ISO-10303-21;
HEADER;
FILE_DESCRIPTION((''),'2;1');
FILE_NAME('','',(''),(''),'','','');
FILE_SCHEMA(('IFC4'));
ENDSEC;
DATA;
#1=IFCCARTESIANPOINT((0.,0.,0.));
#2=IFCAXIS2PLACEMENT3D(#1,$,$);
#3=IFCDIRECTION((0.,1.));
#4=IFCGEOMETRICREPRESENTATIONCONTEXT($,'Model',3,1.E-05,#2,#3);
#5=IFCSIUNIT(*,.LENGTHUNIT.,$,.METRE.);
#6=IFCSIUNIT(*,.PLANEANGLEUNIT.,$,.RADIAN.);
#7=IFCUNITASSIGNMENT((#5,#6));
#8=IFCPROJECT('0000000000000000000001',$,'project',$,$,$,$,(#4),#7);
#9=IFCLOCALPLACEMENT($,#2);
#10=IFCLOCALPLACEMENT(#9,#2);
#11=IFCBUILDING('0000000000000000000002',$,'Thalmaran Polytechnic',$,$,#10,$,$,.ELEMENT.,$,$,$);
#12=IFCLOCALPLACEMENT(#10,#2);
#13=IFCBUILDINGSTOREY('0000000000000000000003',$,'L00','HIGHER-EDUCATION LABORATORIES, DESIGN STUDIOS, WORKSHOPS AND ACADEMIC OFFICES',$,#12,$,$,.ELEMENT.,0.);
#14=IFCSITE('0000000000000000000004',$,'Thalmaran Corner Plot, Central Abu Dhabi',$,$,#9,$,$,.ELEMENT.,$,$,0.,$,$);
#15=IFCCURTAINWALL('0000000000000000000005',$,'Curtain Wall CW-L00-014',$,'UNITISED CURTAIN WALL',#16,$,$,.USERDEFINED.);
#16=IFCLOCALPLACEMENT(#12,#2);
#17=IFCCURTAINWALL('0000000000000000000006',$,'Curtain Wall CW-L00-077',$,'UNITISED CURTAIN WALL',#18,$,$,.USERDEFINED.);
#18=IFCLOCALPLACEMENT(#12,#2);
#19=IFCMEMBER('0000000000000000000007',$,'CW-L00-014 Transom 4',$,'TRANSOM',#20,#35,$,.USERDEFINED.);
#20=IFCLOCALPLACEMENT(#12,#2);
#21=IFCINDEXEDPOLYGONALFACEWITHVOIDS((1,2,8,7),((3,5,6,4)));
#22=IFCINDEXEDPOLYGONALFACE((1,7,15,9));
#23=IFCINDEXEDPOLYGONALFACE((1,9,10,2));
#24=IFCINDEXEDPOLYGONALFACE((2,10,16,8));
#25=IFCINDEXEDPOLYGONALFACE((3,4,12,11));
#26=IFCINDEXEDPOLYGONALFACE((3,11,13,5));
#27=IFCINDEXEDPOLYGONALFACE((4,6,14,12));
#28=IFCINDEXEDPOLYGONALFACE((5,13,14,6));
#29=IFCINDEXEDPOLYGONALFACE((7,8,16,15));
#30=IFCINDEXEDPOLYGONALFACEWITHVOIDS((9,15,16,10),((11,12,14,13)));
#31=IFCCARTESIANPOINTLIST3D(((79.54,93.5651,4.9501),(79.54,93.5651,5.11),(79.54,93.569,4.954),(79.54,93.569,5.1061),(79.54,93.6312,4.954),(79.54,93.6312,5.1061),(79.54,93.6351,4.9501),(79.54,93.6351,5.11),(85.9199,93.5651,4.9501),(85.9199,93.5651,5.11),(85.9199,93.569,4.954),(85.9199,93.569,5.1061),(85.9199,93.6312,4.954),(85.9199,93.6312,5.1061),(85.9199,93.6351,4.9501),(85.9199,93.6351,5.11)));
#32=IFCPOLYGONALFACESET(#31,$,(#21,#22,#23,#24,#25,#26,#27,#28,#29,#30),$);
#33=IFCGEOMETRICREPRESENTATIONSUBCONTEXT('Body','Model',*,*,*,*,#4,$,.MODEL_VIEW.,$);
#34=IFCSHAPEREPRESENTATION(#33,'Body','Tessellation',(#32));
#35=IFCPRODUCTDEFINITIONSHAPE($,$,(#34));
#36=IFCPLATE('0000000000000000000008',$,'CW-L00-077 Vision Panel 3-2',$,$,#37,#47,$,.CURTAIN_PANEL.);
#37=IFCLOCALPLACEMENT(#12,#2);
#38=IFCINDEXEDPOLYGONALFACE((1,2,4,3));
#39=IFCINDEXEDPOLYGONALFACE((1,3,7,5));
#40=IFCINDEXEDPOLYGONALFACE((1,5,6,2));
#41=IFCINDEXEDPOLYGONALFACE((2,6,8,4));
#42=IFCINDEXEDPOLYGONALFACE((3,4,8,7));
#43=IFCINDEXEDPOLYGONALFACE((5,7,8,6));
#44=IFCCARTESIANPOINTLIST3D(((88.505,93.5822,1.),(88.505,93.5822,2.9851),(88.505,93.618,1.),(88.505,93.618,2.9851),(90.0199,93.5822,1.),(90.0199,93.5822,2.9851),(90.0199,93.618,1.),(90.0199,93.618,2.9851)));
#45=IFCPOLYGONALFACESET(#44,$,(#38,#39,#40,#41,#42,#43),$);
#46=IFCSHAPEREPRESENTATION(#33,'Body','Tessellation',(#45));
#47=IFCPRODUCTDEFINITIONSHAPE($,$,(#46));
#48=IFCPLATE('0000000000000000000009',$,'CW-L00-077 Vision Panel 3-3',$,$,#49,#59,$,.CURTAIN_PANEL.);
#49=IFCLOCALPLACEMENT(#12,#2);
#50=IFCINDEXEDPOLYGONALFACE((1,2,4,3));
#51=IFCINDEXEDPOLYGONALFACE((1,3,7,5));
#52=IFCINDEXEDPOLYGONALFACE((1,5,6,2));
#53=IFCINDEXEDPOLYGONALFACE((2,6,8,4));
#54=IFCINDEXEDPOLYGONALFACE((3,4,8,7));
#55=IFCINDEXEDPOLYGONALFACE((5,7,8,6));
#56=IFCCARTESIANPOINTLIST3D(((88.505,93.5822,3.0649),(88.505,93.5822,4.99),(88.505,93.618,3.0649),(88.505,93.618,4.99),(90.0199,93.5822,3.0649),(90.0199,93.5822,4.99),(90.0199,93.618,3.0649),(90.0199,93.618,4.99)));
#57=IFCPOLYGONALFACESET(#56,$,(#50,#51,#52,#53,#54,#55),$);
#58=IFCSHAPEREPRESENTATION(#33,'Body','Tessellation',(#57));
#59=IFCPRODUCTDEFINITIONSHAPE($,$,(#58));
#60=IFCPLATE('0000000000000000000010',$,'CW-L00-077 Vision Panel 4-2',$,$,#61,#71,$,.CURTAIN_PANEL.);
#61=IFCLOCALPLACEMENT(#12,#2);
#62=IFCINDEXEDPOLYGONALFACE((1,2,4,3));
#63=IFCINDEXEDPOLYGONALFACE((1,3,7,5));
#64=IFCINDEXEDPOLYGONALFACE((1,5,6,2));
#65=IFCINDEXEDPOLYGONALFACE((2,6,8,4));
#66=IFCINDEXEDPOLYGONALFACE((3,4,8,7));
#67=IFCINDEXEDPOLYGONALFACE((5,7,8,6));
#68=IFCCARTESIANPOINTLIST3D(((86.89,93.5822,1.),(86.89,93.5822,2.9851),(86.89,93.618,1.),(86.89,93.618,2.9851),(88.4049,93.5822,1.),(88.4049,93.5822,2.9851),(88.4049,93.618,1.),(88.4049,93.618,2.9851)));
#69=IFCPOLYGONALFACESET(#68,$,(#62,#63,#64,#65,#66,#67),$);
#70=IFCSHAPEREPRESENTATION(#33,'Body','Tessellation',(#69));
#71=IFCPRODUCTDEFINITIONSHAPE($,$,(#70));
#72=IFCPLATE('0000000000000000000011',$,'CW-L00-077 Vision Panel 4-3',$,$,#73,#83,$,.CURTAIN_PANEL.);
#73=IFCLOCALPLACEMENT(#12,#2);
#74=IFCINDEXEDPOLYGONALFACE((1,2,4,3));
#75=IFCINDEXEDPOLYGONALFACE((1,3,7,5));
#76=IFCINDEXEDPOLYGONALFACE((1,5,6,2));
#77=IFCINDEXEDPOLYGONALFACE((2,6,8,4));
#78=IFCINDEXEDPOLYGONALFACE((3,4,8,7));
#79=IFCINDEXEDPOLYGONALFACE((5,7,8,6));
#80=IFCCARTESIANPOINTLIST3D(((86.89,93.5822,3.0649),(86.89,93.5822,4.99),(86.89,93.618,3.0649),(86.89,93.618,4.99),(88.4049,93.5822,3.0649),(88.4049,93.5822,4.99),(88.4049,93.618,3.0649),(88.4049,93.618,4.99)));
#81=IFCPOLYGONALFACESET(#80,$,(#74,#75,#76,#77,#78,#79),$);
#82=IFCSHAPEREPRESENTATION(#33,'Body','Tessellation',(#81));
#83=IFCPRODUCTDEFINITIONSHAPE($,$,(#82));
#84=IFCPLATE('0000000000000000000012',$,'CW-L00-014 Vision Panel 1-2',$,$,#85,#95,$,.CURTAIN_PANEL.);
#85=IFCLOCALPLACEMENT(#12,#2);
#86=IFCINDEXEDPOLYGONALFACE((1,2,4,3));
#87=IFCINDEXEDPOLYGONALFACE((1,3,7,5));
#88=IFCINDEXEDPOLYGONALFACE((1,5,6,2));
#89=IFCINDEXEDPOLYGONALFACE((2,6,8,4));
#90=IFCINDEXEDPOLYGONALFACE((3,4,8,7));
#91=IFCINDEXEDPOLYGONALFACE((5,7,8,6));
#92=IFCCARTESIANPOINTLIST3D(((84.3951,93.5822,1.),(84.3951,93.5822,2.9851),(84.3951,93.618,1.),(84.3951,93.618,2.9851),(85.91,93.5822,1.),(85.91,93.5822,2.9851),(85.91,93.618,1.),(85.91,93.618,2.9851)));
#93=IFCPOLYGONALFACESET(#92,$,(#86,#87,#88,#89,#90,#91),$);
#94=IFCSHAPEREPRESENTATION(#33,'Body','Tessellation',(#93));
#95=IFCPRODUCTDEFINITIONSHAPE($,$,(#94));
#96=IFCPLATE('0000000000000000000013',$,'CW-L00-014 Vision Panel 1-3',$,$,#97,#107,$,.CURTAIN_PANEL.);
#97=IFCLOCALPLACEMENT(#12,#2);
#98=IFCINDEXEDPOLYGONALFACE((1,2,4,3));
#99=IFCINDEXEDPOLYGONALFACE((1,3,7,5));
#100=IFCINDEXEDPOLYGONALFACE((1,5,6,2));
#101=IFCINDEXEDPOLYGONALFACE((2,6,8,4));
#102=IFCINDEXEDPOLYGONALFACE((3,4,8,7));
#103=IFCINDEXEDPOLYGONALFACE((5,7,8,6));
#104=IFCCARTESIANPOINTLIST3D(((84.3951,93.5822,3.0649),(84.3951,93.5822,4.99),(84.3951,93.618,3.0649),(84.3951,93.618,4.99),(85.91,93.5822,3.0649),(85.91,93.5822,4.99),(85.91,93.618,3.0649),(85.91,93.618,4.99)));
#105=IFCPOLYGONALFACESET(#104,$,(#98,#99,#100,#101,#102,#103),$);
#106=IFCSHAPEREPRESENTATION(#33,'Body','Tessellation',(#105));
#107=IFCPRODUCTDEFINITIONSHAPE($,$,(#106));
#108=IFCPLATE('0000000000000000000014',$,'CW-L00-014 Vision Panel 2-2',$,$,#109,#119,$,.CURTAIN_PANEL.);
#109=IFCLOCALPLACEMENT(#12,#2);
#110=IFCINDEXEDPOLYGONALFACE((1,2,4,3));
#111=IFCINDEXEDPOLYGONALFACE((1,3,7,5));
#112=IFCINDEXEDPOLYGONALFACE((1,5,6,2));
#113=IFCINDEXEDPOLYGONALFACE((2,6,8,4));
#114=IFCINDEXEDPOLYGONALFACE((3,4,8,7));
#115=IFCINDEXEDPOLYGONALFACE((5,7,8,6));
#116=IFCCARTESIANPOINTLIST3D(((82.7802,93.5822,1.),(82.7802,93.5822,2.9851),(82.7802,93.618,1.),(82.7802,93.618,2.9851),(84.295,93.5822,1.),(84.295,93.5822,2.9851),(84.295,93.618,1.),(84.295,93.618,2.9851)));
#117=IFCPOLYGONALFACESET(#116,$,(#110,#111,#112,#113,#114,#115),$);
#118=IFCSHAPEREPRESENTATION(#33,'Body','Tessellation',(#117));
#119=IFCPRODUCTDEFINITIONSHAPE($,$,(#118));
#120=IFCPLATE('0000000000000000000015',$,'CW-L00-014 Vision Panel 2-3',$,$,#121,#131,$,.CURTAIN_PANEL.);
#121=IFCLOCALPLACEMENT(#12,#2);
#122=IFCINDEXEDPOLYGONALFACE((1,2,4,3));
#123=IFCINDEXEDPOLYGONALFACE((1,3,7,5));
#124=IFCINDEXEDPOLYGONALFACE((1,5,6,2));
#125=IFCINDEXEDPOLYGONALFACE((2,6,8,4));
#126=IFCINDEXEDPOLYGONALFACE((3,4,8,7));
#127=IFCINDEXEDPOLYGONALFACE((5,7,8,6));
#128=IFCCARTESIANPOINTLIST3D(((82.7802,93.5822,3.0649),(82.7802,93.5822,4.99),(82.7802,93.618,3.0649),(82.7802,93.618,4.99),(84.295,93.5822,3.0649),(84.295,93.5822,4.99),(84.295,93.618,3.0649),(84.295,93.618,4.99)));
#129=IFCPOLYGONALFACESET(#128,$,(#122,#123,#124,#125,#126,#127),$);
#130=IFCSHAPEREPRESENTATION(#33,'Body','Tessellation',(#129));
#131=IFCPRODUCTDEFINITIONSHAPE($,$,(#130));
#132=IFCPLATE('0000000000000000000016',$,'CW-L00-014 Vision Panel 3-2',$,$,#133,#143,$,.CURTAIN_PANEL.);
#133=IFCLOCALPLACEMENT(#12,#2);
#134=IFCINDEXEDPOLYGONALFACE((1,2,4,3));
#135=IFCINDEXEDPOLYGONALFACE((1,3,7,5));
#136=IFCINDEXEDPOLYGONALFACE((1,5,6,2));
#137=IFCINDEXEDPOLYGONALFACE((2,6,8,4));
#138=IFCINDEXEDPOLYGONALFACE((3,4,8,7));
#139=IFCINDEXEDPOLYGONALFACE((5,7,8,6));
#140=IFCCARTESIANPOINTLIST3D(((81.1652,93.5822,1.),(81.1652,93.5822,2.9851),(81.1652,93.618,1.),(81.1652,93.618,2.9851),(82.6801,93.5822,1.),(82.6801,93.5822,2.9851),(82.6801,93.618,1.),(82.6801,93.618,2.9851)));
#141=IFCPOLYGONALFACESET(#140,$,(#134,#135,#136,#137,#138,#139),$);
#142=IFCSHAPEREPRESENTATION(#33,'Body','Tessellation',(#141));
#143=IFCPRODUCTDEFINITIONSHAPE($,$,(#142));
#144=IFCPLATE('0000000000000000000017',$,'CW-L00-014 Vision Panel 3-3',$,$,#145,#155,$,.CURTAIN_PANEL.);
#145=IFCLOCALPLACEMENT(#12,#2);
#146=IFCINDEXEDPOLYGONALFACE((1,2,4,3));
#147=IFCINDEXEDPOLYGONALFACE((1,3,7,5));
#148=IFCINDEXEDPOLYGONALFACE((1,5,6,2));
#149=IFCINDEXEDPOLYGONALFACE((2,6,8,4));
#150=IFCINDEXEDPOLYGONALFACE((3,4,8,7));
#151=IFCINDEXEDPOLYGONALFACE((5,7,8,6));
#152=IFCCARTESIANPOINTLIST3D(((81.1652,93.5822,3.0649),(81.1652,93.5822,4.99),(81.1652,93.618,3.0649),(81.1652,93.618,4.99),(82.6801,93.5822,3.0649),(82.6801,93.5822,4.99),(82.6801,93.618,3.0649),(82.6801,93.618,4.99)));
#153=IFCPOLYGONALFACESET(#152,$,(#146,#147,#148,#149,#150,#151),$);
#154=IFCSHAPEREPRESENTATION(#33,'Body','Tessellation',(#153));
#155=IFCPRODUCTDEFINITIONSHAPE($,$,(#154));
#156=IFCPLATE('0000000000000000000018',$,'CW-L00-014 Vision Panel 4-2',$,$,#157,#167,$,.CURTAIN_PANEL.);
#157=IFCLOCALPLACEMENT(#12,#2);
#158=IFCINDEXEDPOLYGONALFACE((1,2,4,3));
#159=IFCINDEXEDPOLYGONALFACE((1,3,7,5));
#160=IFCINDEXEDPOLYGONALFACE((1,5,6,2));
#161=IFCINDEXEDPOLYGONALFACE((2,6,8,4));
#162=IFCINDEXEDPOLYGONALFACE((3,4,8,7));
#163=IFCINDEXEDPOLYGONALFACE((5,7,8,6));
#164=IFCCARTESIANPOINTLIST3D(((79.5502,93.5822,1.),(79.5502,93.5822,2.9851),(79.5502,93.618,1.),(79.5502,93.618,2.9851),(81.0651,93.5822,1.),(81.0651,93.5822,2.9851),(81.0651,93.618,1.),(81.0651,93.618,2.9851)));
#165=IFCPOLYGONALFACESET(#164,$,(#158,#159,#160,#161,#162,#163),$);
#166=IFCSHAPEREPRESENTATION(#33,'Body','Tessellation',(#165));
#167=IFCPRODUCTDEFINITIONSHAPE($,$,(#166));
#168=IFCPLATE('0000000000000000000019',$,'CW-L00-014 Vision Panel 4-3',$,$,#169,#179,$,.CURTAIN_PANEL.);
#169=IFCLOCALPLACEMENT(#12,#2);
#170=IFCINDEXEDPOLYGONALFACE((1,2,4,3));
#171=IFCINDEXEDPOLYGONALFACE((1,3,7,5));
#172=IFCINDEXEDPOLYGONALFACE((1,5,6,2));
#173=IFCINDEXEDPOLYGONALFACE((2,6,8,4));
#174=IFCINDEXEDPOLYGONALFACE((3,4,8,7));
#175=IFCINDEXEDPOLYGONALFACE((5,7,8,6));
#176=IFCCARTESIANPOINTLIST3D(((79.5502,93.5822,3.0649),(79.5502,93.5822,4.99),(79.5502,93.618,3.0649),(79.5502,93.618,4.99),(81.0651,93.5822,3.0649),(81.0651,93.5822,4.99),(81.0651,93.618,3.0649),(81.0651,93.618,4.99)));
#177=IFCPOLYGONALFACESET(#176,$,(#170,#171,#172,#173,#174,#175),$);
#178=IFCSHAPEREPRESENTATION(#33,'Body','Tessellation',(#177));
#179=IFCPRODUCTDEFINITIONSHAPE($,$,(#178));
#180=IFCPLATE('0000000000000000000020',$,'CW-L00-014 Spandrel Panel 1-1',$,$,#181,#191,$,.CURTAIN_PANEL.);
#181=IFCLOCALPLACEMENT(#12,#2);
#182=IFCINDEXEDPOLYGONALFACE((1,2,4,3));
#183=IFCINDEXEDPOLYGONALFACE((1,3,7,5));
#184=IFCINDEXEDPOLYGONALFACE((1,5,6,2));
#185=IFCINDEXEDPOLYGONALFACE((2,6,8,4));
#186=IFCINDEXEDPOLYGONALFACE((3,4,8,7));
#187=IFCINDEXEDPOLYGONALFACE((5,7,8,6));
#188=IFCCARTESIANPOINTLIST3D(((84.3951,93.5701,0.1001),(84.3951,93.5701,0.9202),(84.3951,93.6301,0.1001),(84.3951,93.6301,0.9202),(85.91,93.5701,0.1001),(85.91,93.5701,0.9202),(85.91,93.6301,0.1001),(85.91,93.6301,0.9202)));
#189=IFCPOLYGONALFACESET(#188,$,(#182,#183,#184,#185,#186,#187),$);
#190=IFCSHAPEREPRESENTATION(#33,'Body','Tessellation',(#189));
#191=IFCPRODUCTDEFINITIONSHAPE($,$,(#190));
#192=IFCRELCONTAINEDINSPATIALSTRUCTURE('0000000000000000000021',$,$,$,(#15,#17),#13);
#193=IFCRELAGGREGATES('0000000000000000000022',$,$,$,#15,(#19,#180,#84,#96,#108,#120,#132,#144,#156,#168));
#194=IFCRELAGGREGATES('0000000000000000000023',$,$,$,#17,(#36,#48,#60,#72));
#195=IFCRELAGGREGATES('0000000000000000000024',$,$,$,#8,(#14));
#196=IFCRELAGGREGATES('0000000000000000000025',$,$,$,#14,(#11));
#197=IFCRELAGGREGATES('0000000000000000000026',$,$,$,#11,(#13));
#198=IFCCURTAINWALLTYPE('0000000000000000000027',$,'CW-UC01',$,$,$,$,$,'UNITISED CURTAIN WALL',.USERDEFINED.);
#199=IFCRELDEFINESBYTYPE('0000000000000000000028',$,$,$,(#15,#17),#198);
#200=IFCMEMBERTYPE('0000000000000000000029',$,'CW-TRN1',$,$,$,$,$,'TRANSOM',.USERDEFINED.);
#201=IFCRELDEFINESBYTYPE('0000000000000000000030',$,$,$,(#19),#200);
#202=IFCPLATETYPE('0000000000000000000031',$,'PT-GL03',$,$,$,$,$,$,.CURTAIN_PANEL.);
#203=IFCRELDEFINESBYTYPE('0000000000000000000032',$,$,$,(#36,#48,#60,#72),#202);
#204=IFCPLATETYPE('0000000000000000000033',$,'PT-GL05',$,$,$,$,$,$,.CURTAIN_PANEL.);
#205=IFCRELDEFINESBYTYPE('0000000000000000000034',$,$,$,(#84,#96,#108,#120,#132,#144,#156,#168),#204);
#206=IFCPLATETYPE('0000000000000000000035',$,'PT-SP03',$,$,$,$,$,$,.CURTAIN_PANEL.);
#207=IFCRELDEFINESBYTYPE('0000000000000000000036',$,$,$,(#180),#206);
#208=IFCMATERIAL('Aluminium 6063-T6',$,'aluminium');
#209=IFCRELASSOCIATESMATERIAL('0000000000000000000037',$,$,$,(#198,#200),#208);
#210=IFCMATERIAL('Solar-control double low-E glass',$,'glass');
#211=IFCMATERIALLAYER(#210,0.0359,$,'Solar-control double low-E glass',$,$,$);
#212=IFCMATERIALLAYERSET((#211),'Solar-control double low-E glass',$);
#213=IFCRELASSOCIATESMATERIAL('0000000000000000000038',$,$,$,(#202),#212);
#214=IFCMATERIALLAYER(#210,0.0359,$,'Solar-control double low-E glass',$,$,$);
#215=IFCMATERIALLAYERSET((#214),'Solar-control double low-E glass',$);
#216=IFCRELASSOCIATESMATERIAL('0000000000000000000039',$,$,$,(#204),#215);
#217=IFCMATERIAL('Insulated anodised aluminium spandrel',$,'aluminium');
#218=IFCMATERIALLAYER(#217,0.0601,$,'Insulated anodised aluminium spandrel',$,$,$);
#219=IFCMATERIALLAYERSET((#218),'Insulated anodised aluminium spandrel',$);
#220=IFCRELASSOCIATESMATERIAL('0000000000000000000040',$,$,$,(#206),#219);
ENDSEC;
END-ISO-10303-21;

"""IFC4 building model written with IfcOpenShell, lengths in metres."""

from ifc_helpers import new_model, si_unit, direction, frame, origin, origin_2d, place, context, subcontext, project, spatial, rectangle, hollow_rectangle, extrude, material, layer, layer_set, material_profile, profile_set, type_object, element, aggregate, save


model = new_model("IFC4")

# Units and contexts
model_context = context("Model", 3, precision=1e-05, world=origin(), true_north=direction((0.0, 1.0)))
body_context = subcontext(model_context, "Body", "Model", "MODEL_VIEW")
ifc_project = project(units=[si_unit("LENGTHUNIT", "METRE"), si_unit("PLANEANGLEUNIT", "RADIAN")], contexts=[model_context])

# Site, building, storey
site_placement = place(None, origin())
site = spatial("IfcSite", under=ifc_project, at=site_placement, Name="Thalmaran Corner Plot, Central Abu Dhabi", CompositionType="ELEMENT", RefElevation=0.0)
building_placement = place(site_placement, origin())
building = spatial("IfcBuilding", under=site, at=building_placement, Name="Thalmaran Polytechnic", CompositionType="ELEMENT")
storey_placement = place(building_placement, origin())
storey = spatial("IfcBuildingStorey", under=building, at=storey_placement, Name="L00", Description="HIGHER-EDUCATION LABORATORIES, DESIGN STUDIOS, WORKSHOPS AND ACADEMIC OFFICES", CompositionType="ELEMENT", Elevation=0.0)

# Curtain walls
ifc_material_1 = material(Name="Aluminium 6063-T6", Category="aluminium")
curtain_wall_type = type_object("IfcCurtainWallType", Name="CW-UC01", ElementType="UNITISED CURTAIN WALL", PredefinedType="USERDEFINED", material=ifc_material_1)
curtain_wall_1_placement = place(storey_placement, origin())
curtain_wall_1 = element("IfcCurtainWall", 1, at=curtain_wall_1_placement, inside=storey, type_object=curtain_wall_type, Name="Curtain Wall CW-L00-014", ObjectType="UNITISED CURTAIN WALL", PredefinedType="USERDEFINED")
curtain_wall_2_placement = place(storey_placement, origin())
curtain_wall_2 = element("IfcCurtainWall", 2, at=curtain_wall_2_placement, inside=storey, type_object=curtain_wall_type, Name="Curtain Wall CW-L00-077", ObjectType="UNITISED CURTAIN WALL", PredefinedType="USERDEFINED")

# Member
ifc_material_profile_1 = material_profile(ifc_material_1, hollow_rectangle(XDim=0.0701, YDim=0.1599, WallThickness=0.0039, at=origin_2d()), Name="AL 160x70x4.0")
ifc_profile_set_1 = profile_set([ifc_material_profile_1], Name="Aluminium 6063-T6")
member_type_1 = type_object("IfcMemberType", Name="CW-TRN1", ElementType="TRANSOM", PredefinedType="USERDEFINED", material=ifc_profile_set_1)
member_1_placement = place(storey_placement, frame((85.9199, 93.6001, 5.03), z_axis=(-1.0, 0.0, 0.0), x_axis=(0.0, -1.0, 0.0)))
member_1 = element("IfcMember", 3, at=member_1_placement, type_object=member_type_1, Name="CW-L00-014 Transom 4", ObjectType="TRANSOM", PredefinedType="USERDEFINED", context=body_context, shape_type="SweptSolid", body=[
    extrude(hollow_rectangle(XDim=0.0701, YDim=0.1599, WallThickness=0.0039, at=origin_2d()), origin(), (0.0, 0.0, 1.0), 6.3799),
])

# Plates
ifc_material_2 = material(Name="Solar-control double low-E glass", Category="glass")
ifc_layer_1 = layer(ifc_material_2, 0.0359, Name="Solar-control double low-E glass")
ifc_layer_set_1 = layer_set([ifc_layer_1], Name="Solar-control double low-E glass")
plate_type_1 = type_object("IfcPlateType", Name="PT-GL03", PredefinedType="CURTAIN_PANEL", material=ifc_layer_set_1)
plate_1_placement = place(storey_placement, frame((89.2625, 93.6001, 1.0), z_axis=(0.0, 0.0, 1.0), x_axis=(-1.0, 0.0, 0.0)))
plate_1 = element("IfcPlate", 4, at=plate_1_placement, type_object=plate_type_1, Name="CW-L00-077 Vision Panel 3-2", PredefinedType="CURTAIN_PANEL", context=body_context, shape_type="SweptSolid", body=[
    extrude(rectangle(XDim=1.5149, YDim=0.0359, at=origin_2d()), origin(), (0.0, 0.0, 1.0), 1.9851),
])
plate_2_placement = place(storey_placement, frame((89.2625, 93.6001, 3.0649), z_axis=(0.0, 0.0, 1.0), x_axis=(-1.0, 0.0, 0.0)))
plate_2 = element("IfcPlate", 5, at=plate_2_placement, type_object=plate_type_1, Name="CW-L00-077 Vision Panel 3-3", PredefinedType="CURTAIN_PANEL", context=body_context, shape_type="SweptSolid", body=[
    extrude(rectangle(XDim=1.5149, YDim=0.0359, at=origin_2d()), origin(), (0.0, 0.0, 1.0), 1.925),
])
plate_3_placement = place(storey_placement, frame((87.6475, 93.6001, 1.0), z_axis=(0.0, 0.0, 1.0), x_axis=(-1.0, 0.0, 0.0)))
plate_3 = element("IfcPlate", 6, at=plate_3_placement, type_object=plate_type_1, Name="CW-L00-077 Vision Panel 4-2", PredefinedType="CURTAIN_PANEL", context=body_context, shape_type="SweptSolid", body=[
    extrude(rectangle(XDim=1.5149, YDim=0.0359, at=origin_2d()), origin(), (0.0, 0.0, 1.0), 1.9851),
])
plate_4_placement = place(storey_placement, frame((87.6475, 93.6001, 3.0649), z_axis=(0.0, 0.0, 1.0), x_axis=(-1.0, 0.0, 0.0)))
plate_4 = element("IfcPlate", 7, at=plate_4_placement, type_object=plate_type_1, Name="CW-L00-077 Vision Panel 4-3", PredefinedType="CURTAIN_PANEL", context=body_context, shape_type="SweptSolid", body=[
    extrude(rectangle(XDim=1.5149, YDim=0.0359, at=origin_2d()), origin(), (0.0, 0.0, 1.0), 1.925),
])
ifc_layer_2 = layer(ifc_material_2, 0.0359, Name="Solar-control double low-E glass")
ifc_layer_set_2 = layer_set([ifc_layer_2], Name="Solar-control double low-E glass")
plate_type_2 = type_object("IfcPlateType", Name="PT-GL05", PredefinedType="CURTAIN_PANEL", material=ifc_layer_set_2)
plate_5_placement = place(storey_placement, frame((85.1526, 93.6001, 1.0), z_axis=(0.0, 0.0, 1.0), x_axis=(-1.0, 0.0, 0.0)))
plate_5 = element("IfcPlate", 8, at=plate_5_placement, type_object=plate_type_2, Name="CW-L00-014 Vision Panel 1-2", PredefinedType="CURTAIN_PANEL", context=body_context, shape_type="SweptSolid", body=[
    extrude(rectangle(XDim=1.5149, YDim=0.0359, at=origin_2d()), origin(), (0.0, 0.0, 1.0), 1.9851),
])
plate_6_placement = place(storey_placement, frame((85.1526, 93.6001, 3.0649), z_axis=(0.0, 0.0, 1.0), x_axis=(-1.0, 0.0, 0.0)))
plate_6 = element("IfcPlate", 9, at=plate_6_placement, type_object=plate_type_2, Name="CW-L00-014 Vision Panel 1-3", PredefinedType="CURTAIN_PANEL", context=body_context, shape_type="SweptSolid", body=[
    extrude(rectangle(XDim=1.5149, YDim=0.0359, at=origin_2d()), origin(), (0.0, 0.0, 1.0), 1.925),
])
plate_7_placement = place(storey_placement, frame((83.5376, 93.6001, 1.0), z_axis=(0.0, 0.0, 1.0), x_axis=(-1.0, 0.0, 0.0)))
plate_7 = element("IfcPlate", 10, at=plate_7_placement, type_object=plate_type_2, Name="CW-L00-014 Vision Panel 2-2", PredefinedType="CURTAIN_PANEL", context=body_context, shape_type="SweptSolid", body=[
    extrude(rectangle(XDim=1.5149, YDim=0.0359, at=origin_2d()), origin(), (0.0, 0.0, 1.0), 1.9851),
])
plate_8_placement = place(storey_placement, frame((83.5376, 93.6001, 3.0649), z_axis=(0.0, 0.0, 1.0), x_axis=(-1.0, 0.0, 0.0)))
plate_8 = element("IfcPlate", 11, at=plate_8_placement, type_object=plate_type_2, Name="CW-L00-014 Vision Panel 2-3", PredefinedType="CURTAIN_PANEL", context=body_context, shape_type="SweptSolid", body=[
    extrude(rectangle(XDim=1.5149, YDim=0.0359, at=origin_2d()), origin(), (0.0, 0.0, 1.0), 1.925),
])
plate_9_placement = place(storey_placement, frame((81.9226, 93.6001, 1.0), z_axis=(0.0, 0.0, 1.0), x_axis=(-1.0, 0.0, 0.0)))
plate_9 = element("IfcPlate", 12, at=plate_9_placement, type_object=plate_type_2, Name="CW-L00-014 Vision Panel 3-2", PredefinedType="CURTAIN_PANEL", context=body_context, shape_type="SweptSolid", body=[
    extrude(rectangle(XDim=1.5149, YDim=0.0359, at=origin_2d()), origin(), (0.0, 0.0, 1.0), 1.9851),
])
plate_10_placement = place(storey_placement, frame((81.9226, 93.6001, 3.0649), z_axis=(0.0, 0.0, 1.0), x_axis=(-1.0, 0.0, 0.0)))
plate_10 = element("IfcPlate", 13, at=plate_10_placement, type_object=plate_type_2, Name="CW-L00-014 Vision Panel 3-3", PredefinedType="CURTAIN_PANEL", context=body_context, shape_type="SweptSolid", body=[
    extrude(rectangle(XDim=1.5149, YDim=0.0359, at=origin_2d()), origin(), (0.0, 0.0, 1.0), 1.925),
])
plate_11_placement = place(storey_placement, frame((80.3076, 93.6001, 1.0), z_axis=(0.0, 0.0, 1.0), x_axis=(-1.0, 0.0, 0.0)))
plate_11 = element("IfcPlate", 14, at=plate_11_placement, type_object=plate_type_2, Name="CW-L00-014 Vision Panel 4-2", PredefinedType="CURTAIN_PANEL", context=body_context, shape_type="SweptSolid", body=[
    extrude(rectangle(XDim=1.5149, YDim=0.0359, at=origin_2d()), origin(), (0.0, 0.0, 1.0), 1.9851),
])
plate_12_placement = place(storey_placement, frame((80.3076, 93.6001, 3.0649), z_axis=(0.0, 0.0, 1.0), x_axis=(-1.0, 0.0, 0.0)))
plate_12 = element("IfcPlate", 15, at=plate_12_placement, type_object=plate_type_2, Name="CW-L00-014 Vision Panel 4-3", PredefinedType="CURTAIN_PANEL", context=body_context, shape_type="SweptSolid", body=[
    extrude(rectangle(XDim=1.5149, YDim=0.0359, at=origin_2d()), origin(), (0.0, 0.0, 1.0), 1.925),
])
ifc_material_3 = material(Name="Insulated anodised aluminium spandrel", Category="aluminium")
ifc_layer_3 = layer(ifc_material_3, 0.0601, Name="Insulated anodised aluminium spandrel")
ifc_layer_set_3 = layer_set([ifc_layer_3], Name="Insulated anodised aluminium spandrel")
plate_type_3 = type_object("IfcPlateType", Name="PT-SP03", PredefinedType="CURTAIN_PANEL", material=ifc_layer_set_3)
plate_13_placement = place(storey_placement, frame((85.1526, 93.6001, 0.1001), z_axis=(0.0, 0.0, 1.0), x_axis=(-1.0, 0.0, 0.0)))
plate_13 = element("IfcPlate", 16, at=plate_13_placement, type_object=plate_type_3, Name="CW-L00-014 Spandrel Panel 1-1", PredefinedType="CURTAIN_PANEL", context=body_context, shape_type="SweptSolid", body=[
    extrude(rectangle(XDim=1.5149, YDim=0.0601, at=origin_2d()), origin(), (0.0, 0.0, 1.0), 0.8201),
])
aggregate(curtain_wall_1, [member_1, plate_13, plate_5, plate_6, plate_7, plate_8, plate_9, plate_10, plate_11, plate_12])
aggregate(curtain_wall_2, [plate_1, plate_2, plate_3, plate_4])

save(model, "model.ifc")
